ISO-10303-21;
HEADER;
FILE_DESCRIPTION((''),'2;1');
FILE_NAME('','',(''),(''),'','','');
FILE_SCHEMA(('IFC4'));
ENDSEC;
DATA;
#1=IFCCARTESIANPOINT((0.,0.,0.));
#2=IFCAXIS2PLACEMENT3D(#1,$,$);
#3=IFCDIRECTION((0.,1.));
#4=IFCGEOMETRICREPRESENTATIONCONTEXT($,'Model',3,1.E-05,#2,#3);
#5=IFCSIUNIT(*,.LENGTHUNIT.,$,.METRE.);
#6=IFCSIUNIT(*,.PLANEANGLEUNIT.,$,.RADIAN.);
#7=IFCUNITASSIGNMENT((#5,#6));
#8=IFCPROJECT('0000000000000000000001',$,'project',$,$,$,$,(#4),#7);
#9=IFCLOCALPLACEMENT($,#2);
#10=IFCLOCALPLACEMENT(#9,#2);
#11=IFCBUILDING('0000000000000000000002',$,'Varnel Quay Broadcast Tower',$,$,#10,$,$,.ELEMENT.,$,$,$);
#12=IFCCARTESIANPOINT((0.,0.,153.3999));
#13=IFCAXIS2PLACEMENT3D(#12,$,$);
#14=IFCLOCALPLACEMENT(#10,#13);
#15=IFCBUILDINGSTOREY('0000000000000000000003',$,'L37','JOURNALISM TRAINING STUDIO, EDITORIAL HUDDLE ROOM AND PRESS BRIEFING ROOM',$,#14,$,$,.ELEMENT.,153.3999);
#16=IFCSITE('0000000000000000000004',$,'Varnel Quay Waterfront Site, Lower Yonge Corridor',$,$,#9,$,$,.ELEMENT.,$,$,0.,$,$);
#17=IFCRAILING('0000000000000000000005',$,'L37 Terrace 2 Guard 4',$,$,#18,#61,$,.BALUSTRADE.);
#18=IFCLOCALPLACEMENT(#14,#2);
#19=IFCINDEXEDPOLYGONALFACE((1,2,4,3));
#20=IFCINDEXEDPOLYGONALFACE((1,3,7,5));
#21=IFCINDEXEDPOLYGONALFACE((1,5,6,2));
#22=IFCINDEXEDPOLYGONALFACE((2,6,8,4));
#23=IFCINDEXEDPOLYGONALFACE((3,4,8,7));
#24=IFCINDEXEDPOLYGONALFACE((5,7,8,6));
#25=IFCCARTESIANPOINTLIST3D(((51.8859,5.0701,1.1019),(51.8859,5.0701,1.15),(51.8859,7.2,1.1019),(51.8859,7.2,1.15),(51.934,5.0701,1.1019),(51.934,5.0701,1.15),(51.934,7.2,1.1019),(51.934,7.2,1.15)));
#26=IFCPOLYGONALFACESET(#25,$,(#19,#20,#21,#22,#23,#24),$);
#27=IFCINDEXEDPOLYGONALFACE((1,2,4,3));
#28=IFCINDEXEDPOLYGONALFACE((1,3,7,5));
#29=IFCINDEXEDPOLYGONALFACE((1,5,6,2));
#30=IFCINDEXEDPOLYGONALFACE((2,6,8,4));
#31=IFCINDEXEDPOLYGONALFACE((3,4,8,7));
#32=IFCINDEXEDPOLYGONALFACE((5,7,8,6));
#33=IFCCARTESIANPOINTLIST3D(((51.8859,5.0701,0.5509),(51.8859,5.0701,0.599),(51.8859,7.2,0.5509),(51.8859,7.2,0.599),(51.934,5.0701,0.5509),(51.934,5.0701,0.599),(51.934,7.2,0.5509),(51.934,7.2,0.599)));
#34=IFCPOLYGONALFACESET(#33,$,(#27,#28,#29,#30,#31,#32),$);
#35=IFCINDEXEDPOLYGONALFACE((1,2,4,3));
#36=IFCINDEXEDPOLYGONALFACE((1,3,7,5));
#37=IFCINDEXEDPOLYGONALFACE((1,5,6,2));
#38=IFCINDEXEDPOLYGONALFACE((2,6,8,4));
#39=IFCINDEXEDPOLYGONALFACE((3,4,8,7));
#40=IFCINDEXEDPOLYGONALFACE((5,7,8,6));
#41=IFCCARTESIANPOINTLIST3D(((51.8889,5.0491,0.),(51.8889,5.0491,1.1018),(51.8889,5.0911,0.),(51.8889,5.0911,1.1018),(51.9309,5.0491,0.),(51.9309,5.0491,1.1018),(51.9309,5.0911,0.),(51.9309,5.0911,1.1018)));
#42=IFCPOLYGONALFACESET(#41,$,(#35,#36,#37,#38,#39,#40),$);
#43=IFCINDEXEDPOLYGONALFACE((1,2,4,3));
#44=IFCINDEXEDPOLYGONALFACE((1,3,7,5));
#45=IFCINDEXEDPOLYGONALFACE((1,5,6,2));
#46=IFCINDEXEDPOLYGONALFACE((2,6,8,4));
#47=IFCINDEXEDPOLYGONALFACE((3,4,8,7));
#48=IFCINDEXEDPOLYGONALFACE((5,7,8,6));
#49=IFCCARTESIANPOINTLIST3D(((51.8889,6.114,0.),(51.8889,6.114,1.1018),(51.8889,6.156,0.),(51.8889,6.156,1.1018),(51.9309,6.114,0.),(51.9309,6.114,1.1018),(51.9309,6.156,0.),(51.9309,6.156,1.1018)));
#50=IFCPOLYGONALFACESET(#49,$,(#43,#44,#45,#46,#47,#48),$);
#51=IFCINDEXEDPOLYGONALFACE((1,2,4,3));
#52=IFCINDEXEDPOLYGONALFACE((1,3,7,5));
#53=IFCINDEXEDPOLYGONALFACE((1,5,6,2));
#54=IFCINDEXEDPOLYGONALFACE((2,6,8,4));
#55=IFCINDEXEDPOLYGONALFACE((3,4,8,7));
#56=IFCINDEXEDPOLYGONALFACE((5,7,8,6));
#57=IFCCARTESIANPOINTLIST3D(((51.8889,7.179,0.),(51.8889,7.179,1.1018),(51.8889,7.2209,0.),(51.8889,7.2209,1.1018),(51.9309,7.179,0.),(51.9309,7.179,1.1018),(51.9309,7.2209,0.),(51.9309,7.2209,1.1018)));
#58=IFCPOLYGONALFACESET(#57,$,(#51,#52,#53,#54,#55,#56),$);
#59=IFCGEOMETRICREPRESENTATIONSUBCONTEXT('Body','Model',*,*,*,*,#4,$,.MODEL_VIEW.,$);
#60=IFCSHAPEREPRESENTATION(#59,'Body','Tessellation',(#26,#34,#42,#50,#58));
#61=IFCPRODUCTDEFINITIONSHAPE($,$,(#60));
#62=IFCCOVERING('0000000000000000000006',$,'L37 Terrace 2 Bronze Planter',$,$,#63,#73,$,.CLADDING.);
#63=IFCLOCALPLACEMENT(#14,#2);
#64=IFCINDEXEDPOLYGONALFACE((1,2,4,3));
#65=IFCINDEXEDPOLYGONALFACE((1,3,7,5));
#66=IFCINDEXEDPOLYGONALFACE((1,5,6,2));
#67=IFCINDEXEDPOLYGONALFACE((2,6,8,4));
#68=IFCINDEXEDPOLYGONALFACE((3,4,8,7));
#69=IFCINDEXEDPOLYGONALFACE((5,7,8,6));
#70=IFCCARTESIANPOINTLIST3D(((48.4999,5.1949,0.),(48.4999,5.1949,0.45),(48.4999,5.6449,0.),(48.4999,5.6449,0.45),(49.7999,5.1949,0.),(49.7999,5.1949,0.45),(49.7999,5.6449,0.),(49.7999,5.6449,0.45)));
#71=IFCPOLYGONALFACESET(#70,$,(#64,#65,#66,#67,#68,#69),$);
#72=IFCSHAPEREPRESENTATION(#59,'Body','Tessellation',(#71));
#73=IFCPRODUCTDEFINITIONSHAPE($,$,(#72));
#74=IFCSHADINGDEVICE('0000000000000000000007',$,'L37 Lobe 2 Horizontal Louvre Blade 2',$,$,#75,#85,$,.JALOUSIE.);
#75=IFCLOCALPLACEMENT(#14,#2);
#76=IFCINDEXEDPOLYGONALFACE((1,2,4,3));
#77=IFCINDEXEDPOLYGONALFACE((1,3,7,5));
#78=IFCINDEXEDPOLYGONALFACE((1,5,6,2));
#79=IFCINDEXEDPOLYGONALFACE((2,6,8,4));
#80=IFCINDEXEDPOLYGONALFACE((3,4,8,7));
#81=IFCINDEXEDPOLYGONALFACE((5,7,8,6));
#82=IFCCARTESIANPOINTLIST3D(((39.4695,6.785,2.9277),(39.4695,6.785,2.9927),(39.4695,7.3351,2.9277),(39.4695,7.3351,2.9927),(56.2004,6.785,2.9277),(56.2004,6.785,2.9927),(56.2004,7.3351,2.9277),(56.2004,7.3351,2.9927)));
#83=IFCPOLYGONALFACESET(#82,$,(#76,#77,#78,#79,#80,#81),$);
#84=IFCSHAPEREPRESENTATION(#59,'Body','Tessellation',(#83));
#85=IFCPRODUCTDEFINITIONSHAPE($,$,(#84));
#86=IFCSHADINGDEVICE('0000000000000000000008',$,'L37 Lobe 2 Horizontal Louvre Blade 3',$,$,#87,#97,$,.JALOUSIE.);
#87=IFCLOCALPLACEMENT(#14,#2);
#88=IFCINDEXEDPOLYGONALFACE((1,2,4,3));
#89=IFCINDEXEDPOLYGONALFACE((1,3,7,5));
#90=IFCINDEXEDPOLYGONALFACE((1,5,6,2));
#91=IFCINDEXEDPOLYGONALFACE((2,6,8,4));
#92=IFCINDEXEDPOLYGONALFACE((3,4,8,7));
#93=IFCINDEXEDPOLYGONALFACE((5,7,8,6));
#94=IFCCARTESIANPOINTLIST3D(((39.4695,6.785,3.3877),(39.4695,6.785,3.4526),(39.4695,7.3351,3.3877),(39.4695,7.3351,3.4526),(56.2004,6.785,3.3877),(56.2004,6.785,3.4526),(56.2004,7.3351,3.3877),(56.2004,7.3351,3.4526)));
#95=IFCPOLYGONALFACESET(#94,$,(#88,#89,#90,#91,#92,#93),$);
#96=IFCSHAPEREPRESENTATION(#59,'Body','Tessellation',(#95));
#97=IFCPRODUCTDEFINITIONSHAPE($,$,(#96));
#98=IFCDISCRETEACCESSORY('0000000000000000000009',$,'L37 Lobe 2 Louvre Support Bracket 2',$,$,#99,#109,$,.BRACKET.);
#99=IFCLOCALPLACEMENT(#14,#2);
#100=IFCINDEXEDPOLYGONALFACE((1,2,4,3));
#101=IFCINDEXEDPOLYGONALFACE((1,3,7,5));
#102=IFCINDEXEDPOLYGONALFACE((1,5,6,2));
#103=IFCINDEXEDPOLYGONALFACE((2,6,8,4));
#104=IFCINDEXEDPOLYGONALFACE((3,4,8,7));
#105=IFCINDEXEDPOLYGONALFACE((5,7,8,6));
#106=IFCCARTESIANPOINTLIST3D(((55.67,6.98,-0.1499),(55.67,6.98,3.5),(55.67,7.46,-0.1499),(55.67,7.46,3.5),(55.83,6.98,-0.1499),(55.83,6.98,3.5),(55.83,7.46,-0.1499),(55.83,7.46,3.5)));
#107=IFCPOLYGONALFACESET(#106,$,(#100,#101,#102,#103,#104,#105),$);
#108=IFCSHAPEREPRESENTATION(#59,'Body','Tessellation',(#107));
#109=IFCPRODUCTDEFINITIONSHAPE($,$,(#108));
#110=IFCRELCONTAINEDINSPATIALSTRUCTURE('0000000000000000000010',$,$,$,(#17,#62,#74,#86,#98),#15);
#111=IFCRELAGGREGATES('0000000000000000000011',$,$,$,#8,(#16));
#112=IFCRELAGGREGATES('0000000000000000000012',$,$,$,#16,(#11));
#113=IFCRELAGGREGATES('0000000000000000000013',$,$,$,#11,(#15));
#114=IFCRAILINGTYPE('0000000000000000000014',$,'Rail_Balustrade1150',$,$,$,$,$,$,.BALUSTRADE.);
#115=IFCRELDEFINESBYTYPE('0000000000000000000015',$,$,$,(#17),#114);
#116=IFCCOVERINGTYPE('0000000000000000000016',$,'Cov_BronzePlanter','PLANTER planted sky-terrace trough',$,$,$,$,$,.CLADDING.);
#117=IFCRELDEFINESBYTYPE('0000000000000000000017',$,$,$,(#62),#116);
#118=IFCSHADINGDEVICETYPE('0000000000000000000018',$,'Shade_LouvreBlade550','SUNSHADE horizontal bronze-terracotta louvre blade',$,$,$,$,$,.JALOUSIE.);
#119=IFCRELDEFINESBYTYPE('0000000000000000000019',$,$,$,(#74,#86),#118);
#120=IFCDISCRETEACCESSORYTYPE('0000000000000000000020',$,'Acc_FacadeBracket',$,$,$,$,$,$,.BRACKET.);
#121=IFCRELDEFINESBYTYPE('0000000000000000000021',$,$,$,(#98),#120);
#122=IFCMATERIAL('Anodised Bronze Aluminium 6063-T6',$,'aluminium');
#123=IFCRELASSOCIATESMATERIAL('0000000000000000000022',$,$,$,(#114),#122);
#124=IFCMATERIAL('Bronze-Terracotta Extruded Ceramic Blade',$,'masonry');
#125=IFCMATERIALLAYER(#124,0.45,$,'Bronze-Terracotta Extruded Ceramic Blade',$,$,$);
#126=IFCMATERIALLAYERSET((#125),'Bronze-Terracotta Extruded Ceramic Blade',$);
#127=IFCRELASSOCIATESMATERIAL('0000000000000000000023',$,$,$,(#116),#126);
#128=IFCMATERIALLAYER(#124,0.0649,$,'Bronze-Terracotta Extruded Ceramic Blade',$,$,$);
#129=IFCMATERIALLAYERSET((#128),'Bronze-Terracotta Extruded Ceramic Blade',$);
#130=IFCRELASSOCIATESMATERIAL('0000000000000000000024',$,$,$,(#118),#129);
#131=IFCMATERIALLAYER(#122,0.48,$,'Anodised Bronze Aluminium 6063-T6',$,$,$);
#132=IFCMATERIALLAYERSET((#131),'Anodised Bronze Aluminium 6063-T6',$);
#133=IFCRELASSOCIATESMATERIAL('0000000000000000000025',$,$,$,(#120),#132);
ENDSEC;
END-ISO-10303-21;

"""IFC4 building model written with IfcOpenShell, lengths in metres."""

from ifc_helpers import new_model, si_unit, direction, frame, origin, origin_2d, place, context, subcontext, project, spatial, rectangle, extrude, source, transform, mapped, material, layer, layer_set, type_object, type_shapes, element, save


model = new_model("IFC4")

# Units and contexts
model_context = context("Model", 3, precision=1e-05, world=origin(), true_north=direction((0.0, 1.0)))
body_context = subcontext(model_context, "Body", "Model", "MODEL_VIEW")
ifc_project = project(units=[si_unit("LENGTHUNIT", "METRE"), si_unit("PLANEANGLEUNIT", "RADIAN")], contexts=[model_context])

# Site, building, storey
site_placement = place(None, origin())
site = spatial("IfcSite", under=ifc_project, at=site_placement, Name="Varnel Quay Waterfront Site, Lower Yonge Corridor", CompositionType="ELEMENT", RefElevation=0.0)
building_placement = place(site_placement, origin())
building = spatial("IfcBuilding", under=site, at=building_placement, Name="Varnel Quay Broadcast Tower", CompositionType="ELEMENT")
storey_placement = place(building_placement, frame((0.0, 0.0, 153.3999)))
storey = spatial("IfcBuildingStorey", under=building, at=storey_placement, Name="L37", Description="JOURNALISM TRAINING STUDIO, EDITORIAL HUDDLE ROOM AND PRESS BRIEFING ROOM", CompositionType="ELEMENT", Elevation=153.3999)

# Shared definitions
ifc_material_1 = material(Name="Anodised Bronze Aluminium 6063-T6", Category="aluminium")

# Railing
railing_type = type_object("IfcRailingType", Name="Rail_Balustrade1150", PredefinedType="BALUSTRADE", material=ifc_material_1)
railing_placement = place(storey_placement, frame((51.9099, 5.0701, 0.0)))
element("IfcRailing", 1, at=railing_placement, inside=storey, type_object=railing_type, Name="L37 Terrace 2 Guard 4", PredefinedType="BALUSTRADE", context=body_context, shape_type="SweptSolid", body=[
    extrude(rectangle(XDim=0.0481, YDim=0.0481, at=origin_2d()), frame((0.0, 0.0, 1.126), z_axis=(0.0, 1.0, 0.0), x_axis=(-1.0, 0.0, 0.0)), (0.0, 0.0, 1.0), 2.1299),
    extrude(rectangle(XDim=0.0481, YDim=0.0481, at=origin_2d()), frame((0.0, 0.0, 0.575), z_axis=(0.0, 1.0, 0.0), x_axis=(-1.0, 0.0, 0.0)), (0.0, 0.0, 1.0), 2.1299),
    extrude(rectangle(XDim=0.042, YDim=0.042, at=origin_2d()), origin(), (0.0, 0.0, 1.0), 1.1018),
    extrude(rectangle(XDim=0.042, YDim=0.042, at=origin_2d()), frame((0.0, 1.0649, 0.0)), (0.0, 0.0, 1.0), 1.1018),
    extrude(rectangle(XDim=0.042, YDim=0.042, at=origin_2d()), frame((0.0, 2.1299, 0.0)), (0.0, 0.0, 1.0), 1.1018),
])

# Covering
ifc_material_2 = material(Name="Bronze-Terracotta Extruded Ceramic Blade", Category="masonry")
ifc_layer_1 = layer(ifc_material_2, 0.45, Name="Bronze-Terracotta Extruded Ceramic Blade")
ifc_layer_set_1 = layer_set([ifc_layer_1], Name="Bronze-Terracotta Extruded Ceramic Blade")
covering_type = type_object("IfcCoveringType", Name="Cov_BronzePlanter", Description="PLANTER planted sky-terrace trough", PredefinedType="CLADDING", material=ifc_layer_set_1)
shared_shape_1 = source(origin(), body_context, "Body", "SweptSolid", [
    extrude(rectangle(XDim=1.3, YDim=0.45, at=origin_2d()), origin(), (0.0, 0.0, 1.0), 0.45),
])
type_shapes(covering_type, [shared_shape_1])
covering_placement = place(storey_placement, frame((49.1499, 5.4199, 0.0), z_axis=(0.0, 0.0, 1.0), x_axis=(1.0, 0.0, 0.0)))
element("IfcCovering", 2, at=covering_placement, inside=storey, type_object=covering_type, Name="L37 Terrace 2 Bronze Planter", PredefinedType="CLADDING", context=body_context, shape_type="MappedRepresentation", body=[
    mapped(shared_shape_1, transform((0.0, 0.0, 0.0), x_axis=(1.0, 0.0, 0.0), y_axis=(0.0, 1.0, 0.0), z_axis=(0.0, 0.0, 1.0), scale=1.0)),
])

# Shading devices
ifc_layer_2 = layer(ifc_material_2, 0.0649, Name="Bronze-Terracotta Extruded Ceramic Blade")
ifc_layer_set_2 = layer_set([ifc_layer_2], Name="Bronze-Terracotta Extruded Ceramic Blade")
shading_device_type = type_object("IfcShadingDeviceType", Name="Shade_LouvreBlade550", Description="SUNSHADE horizontal bronze-terracotta louvre blade", PredefinedType="JALOUSIE", material=ifc_layer_set_2)
shared_shape_2 = source(origin(), body_context, "Body", "SweptSolid", [
    extrude(rectangle(XDim=16.731, YDim=0.55, at=origin_2d()), origin(), (0.0, 0.0, 1.0), 0.0649),
])
type_shapes(shading_device_type, [shared_shape_2])
for number, where, z_axis, x_axis, name in (
    (3, (47.835, 7.0601, 2.9277), (0.0, 0.0, 1.0), (1.0, 0.0, 0.0), "L37 Lobe 2 Horizontal Louvre Blade 2"),
    (4, (47.835, 7.0601, 3.3877), (0.0, 0.0, 1.0), (1.0, 0.0, 0.0), "L37 Lobe 2 Horizontal Louvre Blade 3"),
):
    element("IfcShadingDevice", number, at=place(storey_placement, frame(where, z_axis=z_axis, x_axis=x_axis)), inside=storey, type_object=shading_device_type, Name=name, PredefinedType="JALOUSIE", context=body_context, shape_type="MappedRepresentation", body=[
        mapped(shared_shape_2, transform((0.0, 0.0, 0.0), x_axis=(1.0, 0.0, 0.0), y_axis=(0.0, 1.0, 0.0), z_axis=(0.0, 0.0, 1.0), scale=1.0)),
    ])

# Discrete accessory
ifc_layer_3 = layer(ifc_material_1, 0.48, Name="Anodised Bronze Aluminium 6063-T6")
ifc_layer_set_3 = layer_set([ifc_layer_3], Name="Anodised Bronze Aluminium 6063-T6")
discrete_accessory_type = type_object("IfcDiscreteAccessoryType", Name="Acc_FacadeBracket", PredefinedType="BRACKET", material=ifc_layer_set_3)
shared_shape_3 = source(origin(), body_context, "Body", "SweptSolid", [
    extrude(rectangle(XDim=0.1599, YDim=0.48, at=origin_2d()), origin(), (0.0, 0.0, 1.0), 3.6499),
])
type_shapes(discrete_accessory_type, [shared_shape_3])
discrete_accessory_placement = place(storey_placement, frame((55.75, 7.22, -0.1499), z_axis=(0.0, 0.0, 1.0), x_axis=(1.0, 0.0, 0.0)))
element("IfcDiscreteAccessory", 5, at=discrete_accessory_placement, inside=storey, type_object=discrete_accessory_type, Name="L37 Lobe 2 Louvre Support Bracket 2", PredefinedType="BRACKET", context=body_context, shape_type="MappedRepresentation", body=[
    mapped(shared_shape_3, transform((0.0, 0.0, 0.0), x_axis=(1.0, 0.0, 0.0), y_axis=(0.0, 1.0, 0.0), z_axis=(0.0, 0.0, 1.0), scale=1.0)),
])

save(model, "model.ifc")
